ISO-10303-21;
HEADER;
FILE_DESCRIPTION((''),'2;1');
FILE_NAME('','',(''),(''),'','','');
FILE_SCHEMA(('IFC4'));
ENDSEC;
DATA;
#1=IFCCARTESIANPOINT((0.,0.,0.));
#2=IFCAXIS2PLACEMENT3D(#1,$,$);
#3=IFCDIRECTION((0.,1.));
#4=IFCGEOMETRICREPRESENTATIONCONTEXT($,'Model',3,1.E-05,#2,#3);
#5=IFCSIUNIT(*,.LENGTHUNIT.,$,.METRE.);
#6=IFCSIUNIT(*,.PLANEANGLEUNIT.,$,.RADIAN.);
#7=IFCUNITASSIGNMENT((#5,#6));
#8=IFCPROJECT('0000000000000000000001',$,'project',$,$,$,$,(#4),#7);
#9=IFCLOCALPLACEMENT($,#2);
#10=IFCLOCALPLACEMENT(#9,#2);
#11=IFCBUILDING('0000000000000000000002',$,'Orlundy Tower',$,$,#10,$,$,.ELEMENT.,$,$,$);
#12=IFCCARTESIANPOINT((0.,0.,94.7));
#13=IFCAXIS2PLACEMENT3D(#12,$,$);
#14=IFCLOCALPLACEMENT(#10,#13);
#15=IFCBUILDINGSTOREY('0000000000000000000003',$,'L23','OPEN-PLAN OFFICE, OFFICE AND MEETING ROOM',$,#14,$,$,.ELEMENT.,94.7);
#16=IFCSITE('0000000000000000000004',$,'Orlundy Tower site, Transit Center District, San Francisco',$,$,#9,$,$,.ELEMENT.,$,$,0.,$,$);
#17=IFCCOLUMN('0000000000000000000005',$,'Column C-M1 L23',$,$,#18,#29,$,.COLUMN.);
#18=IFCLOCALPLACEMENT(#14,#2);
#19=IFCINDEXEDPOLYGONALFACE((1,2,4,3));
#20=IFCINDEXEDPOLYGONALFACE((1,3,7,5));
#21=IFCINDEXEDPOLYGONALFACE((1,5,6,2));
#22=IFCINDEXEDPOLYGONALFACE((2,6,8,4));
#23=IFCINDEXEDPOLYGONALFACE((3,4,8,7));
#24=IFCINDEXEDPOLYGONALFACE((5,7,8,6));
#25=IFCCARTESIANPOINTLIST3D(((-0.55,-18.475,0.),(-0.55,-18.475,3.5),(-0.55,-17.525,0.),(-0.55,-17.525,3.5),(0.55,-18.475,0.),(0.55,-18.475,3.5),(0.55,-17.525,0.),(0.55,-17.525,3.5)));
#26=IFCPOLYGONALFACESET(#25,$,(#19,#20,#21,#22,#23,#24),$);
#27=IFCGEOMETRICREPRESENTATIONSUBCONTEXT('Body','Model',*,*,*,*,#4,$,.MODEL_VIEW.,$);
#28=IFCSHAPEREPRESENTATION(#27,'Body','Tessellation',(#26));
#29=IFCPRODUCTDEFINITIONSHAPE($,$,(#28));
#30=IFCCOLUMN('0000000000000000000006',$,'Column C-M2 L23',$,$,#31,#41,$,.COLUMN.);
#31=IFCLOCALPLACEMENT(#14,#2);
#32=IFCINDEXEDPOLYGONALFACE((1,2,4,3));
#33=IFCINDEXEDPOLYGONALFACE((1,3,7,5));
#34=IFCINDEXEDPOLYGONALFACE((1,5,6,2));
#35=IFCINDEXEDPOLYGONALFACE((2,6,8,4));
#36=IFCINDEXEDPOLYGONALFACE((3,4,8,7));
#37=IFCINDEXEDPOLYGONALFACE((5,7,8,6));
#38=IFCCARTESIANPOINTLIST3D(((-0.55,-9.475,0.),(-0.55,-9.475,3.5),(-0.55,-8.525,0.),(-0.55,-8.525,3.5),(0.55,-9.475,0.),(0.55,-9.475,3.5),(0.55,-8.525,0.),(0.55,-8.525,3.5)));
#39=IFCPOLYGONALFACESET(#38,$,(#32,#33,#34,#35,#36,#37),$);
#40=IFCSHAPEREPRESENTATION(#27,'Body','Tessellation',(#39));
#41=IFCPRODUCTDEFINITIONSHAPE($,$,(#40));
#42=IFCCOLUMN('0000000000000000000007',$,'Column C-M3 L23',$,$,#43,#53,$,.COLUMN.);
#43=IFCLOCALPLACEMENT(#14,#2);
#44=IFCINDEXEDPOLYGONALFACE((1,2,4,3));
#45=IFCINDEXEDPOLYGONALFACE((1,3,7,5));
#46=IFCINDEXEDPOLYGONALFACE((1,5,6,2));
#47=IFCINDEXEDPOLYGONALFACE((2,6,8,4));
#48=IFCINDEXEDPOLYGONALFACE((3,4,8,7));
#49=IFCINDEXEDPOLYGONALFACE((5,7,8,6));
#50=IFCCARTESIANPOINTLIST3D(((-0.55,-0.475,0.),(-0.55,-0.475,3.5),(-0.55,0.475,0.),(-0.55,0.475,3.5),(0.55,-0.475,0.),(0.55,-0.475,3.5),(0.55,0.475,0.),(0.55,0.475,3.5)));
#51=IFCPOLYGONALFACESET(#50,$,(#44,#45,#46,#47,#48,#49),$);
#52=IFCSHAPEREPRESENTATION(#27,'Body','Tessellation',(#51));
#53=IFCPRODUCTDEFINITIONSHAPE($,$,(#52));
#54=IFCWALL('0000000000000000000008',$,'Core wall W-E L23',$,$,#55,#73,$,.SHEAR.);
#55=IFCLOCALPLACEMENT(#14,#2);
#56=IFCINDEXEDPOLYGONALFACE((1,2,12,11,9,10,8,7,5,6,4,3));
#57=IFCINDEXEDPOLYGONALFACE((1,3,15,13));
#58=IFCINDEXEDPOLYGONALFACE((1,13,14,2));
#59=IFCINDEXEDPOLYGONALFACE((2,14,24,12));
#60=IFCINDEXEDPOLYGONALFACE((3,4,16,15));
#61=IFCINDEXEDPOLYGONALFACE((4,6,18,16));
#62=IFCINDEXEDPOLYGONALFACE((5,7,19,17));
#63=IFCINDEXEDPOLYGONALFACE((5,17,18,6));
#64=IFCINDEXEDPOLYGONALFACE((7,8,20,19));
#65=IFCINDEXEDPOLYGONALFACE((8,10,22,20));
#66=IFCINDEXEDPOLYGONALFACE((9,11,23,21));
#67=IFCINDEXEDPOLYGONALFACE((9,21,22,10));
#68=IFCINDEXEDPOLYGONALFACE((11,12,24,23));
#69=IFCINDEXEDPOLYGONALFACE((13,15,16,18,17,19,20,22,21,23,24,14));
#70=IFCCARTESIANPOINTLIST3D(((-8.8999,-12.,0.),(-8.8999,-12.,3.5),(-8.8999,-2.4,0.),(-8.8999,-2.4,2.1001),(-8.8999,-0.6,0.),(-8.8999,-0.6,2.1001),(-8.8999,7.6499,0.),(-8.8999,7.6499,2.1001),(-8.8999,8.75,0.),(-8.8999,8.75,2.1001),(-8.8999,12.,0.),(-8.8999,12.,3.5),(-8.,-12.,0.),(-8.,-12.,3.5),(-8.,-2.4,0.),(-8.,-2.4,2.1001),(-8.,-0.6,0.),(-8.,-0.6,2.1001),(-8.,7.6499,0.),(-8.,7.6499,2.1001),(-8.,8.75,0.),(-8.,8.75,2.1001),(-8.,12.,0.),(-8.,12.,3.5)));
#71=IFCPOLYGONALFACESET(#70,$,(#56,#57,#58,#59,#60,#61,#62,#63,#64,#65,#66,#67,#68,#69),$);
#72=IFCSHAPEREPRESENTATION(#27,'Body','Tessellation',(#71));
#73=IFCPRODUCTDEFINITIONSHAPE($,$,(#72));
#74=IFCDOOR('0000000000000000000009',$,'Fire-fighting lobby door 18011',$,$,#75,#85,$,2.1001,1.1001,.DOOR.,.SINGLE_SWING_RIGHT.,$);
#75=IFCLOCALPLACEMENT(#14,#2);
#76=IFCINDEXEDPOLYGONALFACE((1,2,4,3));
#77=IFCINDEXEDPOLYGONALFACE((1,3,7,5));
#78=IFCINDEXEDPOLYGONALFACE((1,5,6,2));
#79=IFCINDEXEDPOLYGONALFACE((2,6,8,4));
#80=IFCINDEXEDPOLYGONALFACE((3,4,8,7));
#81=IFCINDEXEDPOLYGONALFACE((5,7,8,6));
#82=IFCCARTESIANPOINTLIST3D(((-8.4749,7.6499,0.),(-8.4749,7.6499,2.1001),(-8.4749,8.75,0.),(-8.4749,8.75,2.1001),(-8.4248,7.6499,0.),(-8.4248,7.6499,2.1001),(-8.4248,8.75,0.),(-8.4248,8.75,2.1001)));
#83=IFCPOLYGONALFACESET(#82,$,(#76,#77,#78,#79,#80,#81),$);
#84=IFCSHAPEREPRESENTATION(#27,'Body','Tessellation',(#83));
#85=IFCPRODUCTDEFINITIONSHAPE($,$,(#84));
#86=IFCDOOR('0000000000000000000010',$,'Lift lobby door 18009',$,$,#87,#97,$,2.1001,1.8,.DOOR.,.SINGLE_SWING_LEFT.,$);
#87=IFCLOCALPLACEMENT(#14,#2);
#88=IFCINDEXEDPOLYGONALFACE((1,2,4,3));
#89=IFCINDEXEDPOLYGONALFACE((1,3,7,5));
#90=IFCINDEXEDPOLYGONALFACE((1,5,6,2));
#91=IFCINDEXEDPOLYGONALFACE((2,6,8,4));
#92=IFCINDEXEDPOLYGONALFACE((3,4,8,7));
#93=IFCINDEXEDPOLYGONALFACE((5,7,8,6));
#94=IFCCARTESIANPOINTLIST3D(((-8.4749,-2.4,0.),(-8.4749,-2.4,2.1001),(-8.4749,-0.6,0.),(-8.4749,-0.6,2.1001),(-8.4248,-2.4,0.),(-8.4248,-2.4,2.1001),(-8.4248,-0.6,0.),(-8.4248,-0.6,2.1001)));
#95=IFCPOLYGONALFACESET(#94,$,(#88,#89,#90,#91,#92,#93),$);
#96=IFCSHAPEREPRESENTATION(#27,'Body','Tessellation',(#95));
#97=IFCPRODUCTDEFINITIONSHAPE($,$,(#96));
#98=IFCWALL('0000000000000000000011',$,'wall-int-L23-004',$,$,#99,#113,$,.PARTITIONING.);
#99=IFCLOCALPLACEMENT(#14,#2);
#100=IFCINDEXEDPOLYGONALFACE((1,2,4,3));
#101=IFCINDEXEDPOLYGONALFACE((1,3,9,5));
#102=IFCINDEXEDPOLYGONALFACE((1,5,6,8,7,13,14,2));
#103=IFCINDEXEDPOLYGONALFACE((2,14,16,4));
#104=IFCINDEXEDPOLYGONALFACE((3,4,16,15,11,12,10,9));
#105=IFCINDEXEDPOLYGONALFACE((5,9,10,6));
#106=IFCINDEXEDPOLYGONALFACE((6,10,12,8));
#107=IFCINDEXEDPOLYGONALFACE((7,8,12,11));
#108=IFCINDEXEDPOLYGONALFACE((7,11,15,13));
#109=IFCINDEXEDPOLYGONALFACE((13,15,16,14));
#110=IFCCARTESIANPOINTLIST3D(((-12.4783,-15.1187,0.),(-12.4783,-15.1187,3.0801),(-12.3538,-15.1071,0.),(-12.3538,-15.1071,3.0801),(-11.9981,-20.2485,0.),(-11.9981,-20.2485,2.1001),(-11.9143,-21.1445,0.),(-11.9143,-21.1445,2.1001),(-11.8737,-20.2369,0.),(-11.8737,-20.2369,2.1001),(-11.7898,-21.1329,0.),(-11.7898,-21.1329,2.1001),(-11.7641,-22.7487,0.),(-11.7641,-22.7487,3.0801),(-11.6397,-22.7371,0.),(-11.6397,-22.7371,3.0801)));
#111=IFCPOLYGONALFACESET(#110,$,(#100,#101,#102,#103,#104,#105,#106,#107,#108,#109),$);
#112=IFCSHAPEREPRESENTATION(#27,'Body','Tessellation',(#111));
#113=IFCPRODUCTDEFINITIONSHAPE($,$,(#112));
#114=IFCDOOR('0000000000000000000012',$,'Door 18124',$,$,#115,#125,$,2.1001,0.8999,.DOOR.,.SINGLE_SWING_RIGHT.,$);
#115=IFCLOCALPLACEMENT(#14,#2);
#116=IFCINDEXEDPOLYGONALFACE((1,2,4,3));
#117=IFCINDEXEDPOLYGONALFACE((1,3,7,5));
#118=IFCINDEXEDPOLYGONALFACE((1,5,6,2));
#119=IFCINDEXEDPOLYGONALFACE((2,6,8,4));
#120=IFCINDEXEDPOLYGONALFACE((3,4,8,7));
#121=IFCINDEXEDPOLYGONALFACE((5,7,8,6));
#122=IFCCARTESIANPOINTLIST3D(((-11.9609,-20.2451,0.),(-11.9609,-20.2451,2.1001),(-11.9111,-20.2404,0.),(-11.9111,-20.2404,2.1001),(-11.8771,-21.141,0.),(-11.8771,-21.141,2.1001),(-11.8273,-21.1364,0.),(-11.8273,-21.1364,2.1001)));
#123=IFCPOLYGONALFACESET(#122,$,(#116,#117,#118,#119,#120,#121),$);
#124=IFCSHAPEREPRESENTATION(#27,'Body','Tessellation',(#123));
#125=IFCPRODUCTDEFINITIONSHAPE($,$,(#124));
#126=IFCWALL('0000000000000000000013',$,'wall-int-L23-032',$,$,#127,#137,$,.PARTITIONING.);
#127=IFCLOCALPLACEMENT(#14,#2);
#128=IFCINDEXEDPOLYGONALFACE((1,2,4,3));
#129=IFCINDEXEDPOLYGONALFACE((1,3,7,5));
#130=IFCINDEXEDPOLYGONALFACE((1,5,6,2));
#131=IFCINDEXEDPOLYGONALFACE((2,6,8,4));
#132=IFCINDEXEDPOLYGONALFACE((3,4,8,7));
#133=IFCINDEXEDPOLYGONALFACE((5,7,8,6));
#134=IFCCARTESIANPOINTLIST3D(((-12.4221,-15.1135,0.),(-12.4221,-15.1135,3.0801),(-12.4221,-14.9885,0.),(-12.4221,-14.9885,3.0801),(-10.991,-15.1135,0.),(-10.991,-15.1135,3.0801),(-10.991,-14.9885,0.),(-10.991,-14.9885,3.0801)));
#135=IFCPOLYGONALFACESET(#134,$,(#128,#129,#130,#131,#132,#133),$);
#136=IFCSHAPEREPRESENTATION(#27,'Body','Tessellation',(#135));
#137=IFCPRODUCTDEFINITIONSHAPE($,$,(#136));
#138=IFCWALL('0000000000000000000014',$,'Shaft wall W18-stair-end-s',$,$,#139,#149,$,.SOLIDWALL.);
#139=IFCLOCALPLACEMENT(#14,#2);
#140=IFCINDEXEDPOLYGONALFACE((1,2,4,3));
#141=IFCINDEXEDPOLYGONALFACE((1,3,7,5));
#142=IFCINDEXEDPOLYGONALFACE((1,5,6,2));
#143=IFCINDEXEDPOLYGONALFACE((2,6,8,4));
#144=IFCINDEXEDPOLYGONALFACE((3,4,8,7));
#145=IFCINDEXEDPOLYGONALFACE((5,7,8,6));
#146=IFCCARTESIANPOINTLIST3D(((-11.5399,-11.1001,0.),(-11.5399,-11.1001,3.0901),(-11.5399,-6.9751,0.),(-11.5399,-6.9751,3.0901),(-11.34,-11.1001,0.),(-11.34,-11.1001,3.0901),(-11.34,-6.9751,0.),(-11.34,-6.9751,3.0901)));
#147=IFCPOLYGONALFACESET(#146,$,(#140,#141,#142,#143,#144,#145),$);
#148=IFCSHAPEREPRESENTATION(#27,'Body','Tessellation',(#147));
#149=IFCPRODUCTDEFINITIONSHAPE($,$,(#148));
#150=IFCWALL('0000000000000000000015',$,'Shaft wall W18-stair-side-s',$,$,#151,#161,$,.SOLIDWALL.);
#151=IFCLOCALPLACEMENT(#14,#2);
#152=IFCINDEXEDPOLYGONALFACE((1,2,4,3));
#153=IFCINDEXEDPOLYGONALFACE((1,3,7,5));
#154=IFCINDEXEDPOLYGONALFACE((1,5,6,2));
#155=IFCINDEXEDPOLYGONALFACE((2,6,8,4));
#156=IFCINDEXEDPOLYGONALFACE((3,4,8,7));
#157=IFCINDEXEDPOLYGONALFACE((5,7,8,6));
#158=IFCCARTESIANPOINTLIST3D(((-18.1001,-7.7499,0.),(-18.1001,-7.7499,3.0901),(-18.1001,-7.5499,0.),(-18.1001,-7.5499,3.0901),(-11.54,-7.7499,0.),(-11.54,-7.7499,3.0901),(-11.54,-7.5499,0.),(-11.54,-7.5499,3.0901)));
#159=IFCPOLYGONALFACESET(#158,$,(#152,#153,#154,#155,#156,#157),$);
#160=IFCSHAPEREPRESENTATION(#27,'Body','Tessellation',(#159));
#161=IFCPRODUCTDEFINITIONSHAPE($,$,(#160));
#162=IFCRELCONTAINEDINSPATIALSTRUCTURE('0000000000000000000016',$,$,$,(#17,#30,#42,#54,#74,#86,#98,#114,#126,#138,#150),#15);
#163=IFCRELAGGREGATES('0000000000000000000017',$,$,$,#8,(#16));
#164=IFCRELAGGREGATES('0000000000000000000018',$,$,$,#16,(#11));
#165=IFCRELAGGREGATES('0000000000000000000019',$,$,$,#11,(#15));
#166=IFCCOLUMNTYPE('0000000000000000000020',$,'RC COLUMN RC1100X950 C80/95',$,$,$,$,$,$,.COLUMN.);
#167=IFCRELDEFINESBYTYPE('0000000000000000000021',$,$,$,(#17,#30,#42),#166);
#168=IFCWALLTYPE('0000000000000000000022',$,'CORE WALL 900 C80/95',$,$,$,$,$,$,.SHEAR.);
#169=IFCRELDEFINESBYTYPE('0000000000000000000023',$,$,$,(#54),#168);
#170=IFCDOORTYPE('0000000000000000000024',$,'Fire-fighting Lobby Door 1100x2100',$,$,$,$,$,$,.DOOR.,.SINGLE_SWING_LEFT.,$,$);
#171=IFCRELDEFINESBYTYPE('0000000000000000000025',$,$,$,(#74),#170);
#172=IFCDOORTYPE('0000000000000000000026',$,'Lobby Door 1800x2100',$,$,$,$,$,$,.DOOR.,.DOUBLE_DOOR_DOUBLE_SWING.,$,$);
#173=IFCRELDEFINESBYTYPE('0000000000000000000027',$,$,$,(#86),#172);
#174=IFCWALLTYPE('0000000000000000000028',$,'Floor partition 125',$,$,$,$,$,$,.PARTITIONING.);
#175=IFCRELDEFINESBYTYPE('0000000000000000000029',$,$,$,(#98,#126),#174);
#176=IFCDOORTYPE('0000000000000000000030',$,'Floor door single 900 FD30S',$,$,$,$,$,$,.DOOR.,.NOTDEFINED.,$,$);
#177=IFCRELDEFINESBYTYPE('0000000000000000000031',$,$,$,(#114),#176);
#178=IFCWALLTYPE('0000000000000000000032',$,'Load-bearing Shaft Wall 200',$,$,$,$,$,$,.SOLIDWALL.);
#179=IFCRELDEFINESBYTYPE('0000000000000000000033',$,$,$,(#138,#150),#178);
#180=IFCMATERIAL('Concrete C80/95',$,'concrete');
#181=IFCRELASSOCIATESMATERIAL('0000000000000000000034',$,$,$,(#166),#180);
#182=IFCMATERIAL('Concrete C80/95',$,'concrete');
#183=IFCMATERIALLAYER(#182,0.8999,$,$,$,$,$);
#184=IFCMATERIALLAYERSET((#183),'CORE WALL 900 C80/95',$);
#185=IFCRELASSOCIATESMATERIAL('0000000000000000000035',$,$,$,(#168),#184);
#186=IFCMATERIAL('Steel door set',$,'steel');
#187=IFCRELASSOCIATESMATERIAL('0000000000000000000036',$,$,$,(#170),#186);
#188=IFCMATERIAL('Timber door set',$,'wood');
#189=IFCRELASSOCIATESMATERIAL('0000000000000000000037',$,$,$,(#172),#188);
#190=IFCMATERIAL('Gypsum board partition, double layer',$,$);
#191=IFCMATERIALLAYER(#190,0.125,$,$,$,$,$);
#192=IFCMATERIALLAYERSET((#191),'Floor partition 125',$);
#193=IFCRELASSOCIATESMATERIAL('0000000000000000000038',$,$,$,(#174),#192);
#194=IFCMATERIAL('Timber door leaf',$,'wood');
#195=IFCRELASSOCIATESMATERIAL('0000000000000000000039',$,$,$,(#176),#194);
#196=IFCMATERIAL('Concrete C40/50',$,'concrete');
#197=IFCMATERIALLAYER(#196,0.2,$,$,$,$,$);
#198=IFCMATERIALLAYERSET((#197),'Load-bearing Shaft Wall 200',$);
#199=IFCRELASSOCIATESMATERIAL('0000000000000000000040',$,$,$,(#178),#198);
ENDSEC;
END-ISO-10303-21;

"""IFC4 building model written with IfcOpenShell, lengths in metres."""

from ifc_helpers import new_model, si_unit, direction, frame, frame_2d, origin, origin_2d, place, context, subcontext, project, spatial, rectangle, extrude, material, layer, layer_set, material_profile, profile_set, type_object, element, fill, save


model = new_model("IFC4")

# Units and contexts
model_context = context("Model", 3, precision=1e-05, world=origin(), true_north=direction((0.0, 1.0)))
body_context = subcontext(model_context, "Body", "Model", "MODEL_VIEW")
ifc_project = project(units=[si_unit("LENGTHUNIT", "METRE"), si_unit("PLANEANGLEUNIT", "RADIAN")], contexts=[model_context])

# Site, building, storey
site_placement = place(None, origin())
site = spatial("IfcSite", under=ifc_project, at=site_placement, Name="Orlundy Tower site, Transit Center District, San Francisco", CompositionType="ELEMENT", RefElevation=0.0)
building_placement = place(site_placement, origin())
building = spatial("IfcBuilding", under=site, at=building_placement, Name="Orlundy Tower", CompositionType="ELEMENT")
storey_placement = place(building_placement, frame((0.0, 0.0, 94.7)))
storey = spatial("IfcBuildingStorey", under=building, at=storey_placement, Name="L23", Description="OPEN-PLAN OFFICE, OFFICE AND MEETING ROOM", CompositionType="ELEMENT", Elevation=94.7)

# Columns
ifc_material_1 = material(Name="Concrete C80/95", Category="concrete")
ifc_material_profile = material_profile(ifc_material_1, rectangle(XDim=1.1001, YDim=0.95, at=origin_2d()), Name="RC1100X950")
ifc_profile_set = profile_set([ifc_material_profile], Name="Concrete C80/95")
column_type = type_object("IfcColumnType", Name="RC COLUMN RC1100X950 C80/95", PredefinedType="COLUMN", material=ifc_profile_set)
for number, where, z_axis, x_axis, name in (
    (1, (0.0, -18.0, 0.0), (0.0, 0.0, 1.0), (1.0, 0.0, 0.0), "Column C-M1 L23"),
    (2, (0.0, -9.0, 0.0), (0.0, 0.0, 1.0), (1.0, 0.0, 0.0), "Column C-M2 L23"),
    (3, (0.0, 0.0, 0.0), (0.0, 0.0, 1.0), (1.0, 0.0, 0.0), "Column C-M3 L23"),
):
    element("IfcColumn", number, at=place(storey_placement, frame(where, z_axis=z_axis, x_axis=x_axis)), inside=storey, type_object=column_type, Name=name, PredefinedType="COLUMN", context=body_context, shape_type="SweptSolid", body=[
        extrude(rectangle(XDim=1.1001, YDim=0.95, at=origin_2d()), origin(), (0.0, 0.0, 1.0), 3.5),
    ])

# Wall, openings, doors
ifc_material_2 = material(Name="Concrete C80/95", Category="concrete")
ifc_layer_1 = layer(ifc_material_2, 0.8999)
ifc_layer_set_1 = layer_set([ifc_layer_1], Name="CORE WALL 900 C80/95")
wall_type_1 = type_object("IfcWallType", Name="CORE WALL 900 C80/95", PredefinedType="SHEAR", material=ifc_layer_set_1)
wall_1_placement = place(storey_placement, frame((-8.45, -12.0, 0.0), z_axis=(0.0, 0.0, 1.0), x_axis=(0.0, 1.0, 0.0)))
wall_1 = element("IfcWall", 4, at=wall_1_placement, inside=storey, type_object=wall_type_1, Name="Core wall W-E L23", PredefinedType="SHEAR", context=body_context, shape_type="SweptSolid", body=[
    extrude(rectangle(XDim=24.0, YDim=0.8999, at=frame_2d((12.0, 0.0))), origin(), (0.0, 0.0, 1.0), 3.5),
])
opening_1_placement = place(wall_1_placement, frame((9.6001, 0.0, 0.0)))
opening_1 = element("IfcOpeningElement", 5, at=opening_1_placement, cuts=wall_1, PredefinedType="OPENING", context=body_context, shape_type="SweptSolid", body=[
    extrude(rectangle(XDim=1.8, YDim=2.1001, at=frame_2d((0.8999, 1.05))), frame((0.0, 0.46, 0.0), z_axis=(0.0, -1.0, 0.0), x_axis=(1.0, 0.0, 0.0)), (0.0, 0.0, 1.0), 0.9199),
])
opening_2_placement = place(wall_1_placement, frame((19.6499, 0.0, 0.0)))
opening_2 = element("IfcOpeningElement", 6, at=opening_2_placement, cuts=wall_1, PredefinedType="OPENING", context=body_context, shape_type="SweptSolid", body=[
    extrude(rectangle(XDim=1.1001, YDim=2.1001, at=frame_2d((0.55, 1.05))), frame((0.0, 0.46, 0.0), z_axis=(0.0, -1.0, 0.0), x_axis=(1.0, 0.0, 0.0)), (0.0, 0.0, 1.0), 0.9199),
])
ifc_material_3 = material(Name="Steel door set", Category="steel")
door_type_1 = type_object("IfcDoorType", Name="Fire-fighting Lobby Door 1100x2100", OperationType="SINGLE_SWING_LEFT", PredefinedType="DOOR", material=ifc_material_3)
door_1_placement = place(opening_2_placement, origin())
door_1 = element("IfcDoor", 7, at=door_1_placement, inside=storey, type_object=door_type_1, Name="Fire-fighting lobby door 18011", OperationType="SINGLE_SWING_RIGHT", OverallHeight=2.1001, OverallWidth=1.1001, PredefinedType="DOOR", context=body_context, shape_type="SweptSolid", body=[
    extrude(rectangle(XDim=1.1001, YDim=2.1001, at=frame_2d((0.55, 1.05))), frame((0.0, 0.0249, 0.0), z_axis=(0.0, -1.0, 0.0), x_axis=(1.0, 0.0, 0.0)), (0.0, 0.0, 1.0), 0.05),
])
fill(opening_2, door_1)
ifc_material_4 = material(Name="Timber door set", Category="wood")
door_type_2 = type_object("IfcDoorType", Name="Lobby Door 1800x2100", OperationType="DOUBLE_DOOR_DOUBLE_SWING", PredefinedType="DOOR", material=ifc_material_4)
door_2_placement = place(opening_1_placement, origin())
door_2 = element("IfcDoor", 8, at=door_2_placement, inside=storey, type_object=door_type_2, Name="Lift lobby door 18009", OperationType="SINGLE_SWING_LEFT", OverallHeight=2.1001, OverallWidth=1.8, PredefinedType="DOOR", context=body_context, shape_type="SweptSolid", body=[
    extrude(rectangle(XDim=1.8, YDim=2.1001, at=frame_2d((0.8999, 1.05))), frame((0.0, 0.0249, 0.0), z_axis=(0.0, -1.0, 0.0), x_axis=(1.0, 0.0, 0.0)), (0.0, 0.0, 1.0), 0.05),
])
fill(opening_1, door_2)

# Wall, opening, door
ifc_material_5 = material(Name="Gypsum board partition, double layer")
ifc_layer_2 = layer(ifc_material_5, 0.125)
ifc_layer_set_2 = layer_set([ifc_layer_2], Name="Floor partition 125")
wall_type_2 = type_object("IfcWallType", Name="Floor partition 125", PredefinedType="PARTITIONING", material=ifc_layer_set_2)
wall_2_placement = place(storey_placement, frame((-12.416, -15.113, 0.0), z_axis=(0.0, 0.0, 1.0), x_axis=(0.093187, -0.995649, 0.0)))
wall_2 = element("IfcWall", 9, at=wall_2_placement, inside=storey, type_object=wall_type_2, Name="wall-int-L23-004", PredefinedType="PARTITIONING", context=body_context, shape_type="SweptSolid", body=[
    extrude(rectangle(XDim=7.6633, YDim=0.125, at=frame_2d((3.8315, 0.0))), origin(), (0.0, 0.0, 1.0), 3.0801),
])
opening_3_placement = place(wall_2_placement, frame((5.1521, 0.0, 0.0)))
opening_3 = element("IfcOpeningElement", 10, at=opening_3_placement, cuts=wall_2, PredefinedType="OPENING", context=body_context, shape_type="SweptSolid", body=[
    extrude(rectangle(XDim=0.8999, YDim=2.1001, at=frame_2d((0.45, 1.05))), frame((0.0, 0.0725, 0.0), z_axis=(0.0, -1.0, 0.0), x_axis=(1.0, 0.0, 0.0)), (0.0, 0.0, 1.0), 0.145),
])
ifc_material_6 = material(Name="Timber door leaf", Category="wood")
door_type_3 = type_object("IfcDoorType", Name="Floor door single 900 FD30S", OperationType="NOTDEFINED", PredefinedType="DOOR", material=ifc_material_6)
door_3_placement = place(opening_3_placement, origin())
door_3 = element("IfcDoor", 11, at=door_3_placement, inside=storey, type_object=door_type_3, Name="Door 18124", OperationType="SINGLE_SWING_RIGHT", OverallHeight=2.1001, OverallWidth=0.8999, PredefinedType="DOOR", context=body_context, shape_type="SweptSolid", body=[
    extrude(rectangle(XDim=0.8999, YDim=2.1001, at=frame_2d((0.45, 1.05))), frame((0.0, 0.0249, 0.0), z_axis=(0.0, -1.0, 0.0), x_axis=(1.0, 0.0, 0.0)), (0.0, 0.0, 1.0), 0.05),
])
fill(opening_3, door_3)

# Walls
wall_3_placement = place(storey_placement, frame((-12.4221, -15.051, 0.0), z_axis=(0.0, 0.0, 1.0), x_axis=(1.0, 0.0, 0.0)))
element("IfcWall", 12, at=wall_3_placement, inside=storey, type_object=wall_type_2, Name="wall-int-L23-032", PredefinedType="PARTITIONING", context=body_context, shape_type="SweptSolid", body=[
    extrude(rectangle(XDim=1.4312, YDim=0.125, at=frame_2d((0.7156, 0.0))), origin(), (0.0, 0.0, 1.0), 3.0801),
])
ifc_material_7 = material(Name="Concrete C40/50", Category="concrete")
ifc_layer_3 = layer(ifc_material_7, 0.2)
ifc_layer_set_3 = layer_set([ifc_layer_3], Name="Load-bearing Shaft Wall 200")
wall_type_3 = type_object("IfcWallType", Name="Load-bearing Shaft Wall 200", PredefinedType="SOLIDWALL", material=ifc_layer_set_3)
wall_4_placement = place(storey_placement, frame((-11.4399, -11.1001, 0.0), z_axis=(0.0, 0.0, 1.0), x_axis=(0.0, 1.0, 0.0)))
element("IfcWall", 13, at=wall_4_placement, inside=storey, type_object=wall_type_3, Name="Shaft wall W18-stair-end-s", PredefinedType="SOLIDWALL", context=body_context, shape_type="SweptSolid", body=[
    extrude(rectangle(XDim=4.125, YDim=0.2, at=frame_2d((2.0625, 0.0))), origin(), (0.0, 0.0, 1.0), 3.0901),
])
wall_5_placement = place(storey_placement, frame((-11.54, -7.6499, 0.0), z_axis=(0.0, 0.0, 1.0), x_axis=(-1.0, 0.0, 0.0)))
element("IfcWall", 14, at=wall_5_placement, inside=storey, type_object=wall_type_3, Name="Shaft wall W18-stair-side-s", PredefinedType="SOLIDWALL", context=body_context, shape_type="SweptSolid", body=[
    extrude(rectangle(XDim=6.5601, YDim=0.2, at=frame_2d((3.28, 0.0))), origin(), (0.0, 0.0, 1.0), 3.0901),
])

save(model, "model.ifc")
